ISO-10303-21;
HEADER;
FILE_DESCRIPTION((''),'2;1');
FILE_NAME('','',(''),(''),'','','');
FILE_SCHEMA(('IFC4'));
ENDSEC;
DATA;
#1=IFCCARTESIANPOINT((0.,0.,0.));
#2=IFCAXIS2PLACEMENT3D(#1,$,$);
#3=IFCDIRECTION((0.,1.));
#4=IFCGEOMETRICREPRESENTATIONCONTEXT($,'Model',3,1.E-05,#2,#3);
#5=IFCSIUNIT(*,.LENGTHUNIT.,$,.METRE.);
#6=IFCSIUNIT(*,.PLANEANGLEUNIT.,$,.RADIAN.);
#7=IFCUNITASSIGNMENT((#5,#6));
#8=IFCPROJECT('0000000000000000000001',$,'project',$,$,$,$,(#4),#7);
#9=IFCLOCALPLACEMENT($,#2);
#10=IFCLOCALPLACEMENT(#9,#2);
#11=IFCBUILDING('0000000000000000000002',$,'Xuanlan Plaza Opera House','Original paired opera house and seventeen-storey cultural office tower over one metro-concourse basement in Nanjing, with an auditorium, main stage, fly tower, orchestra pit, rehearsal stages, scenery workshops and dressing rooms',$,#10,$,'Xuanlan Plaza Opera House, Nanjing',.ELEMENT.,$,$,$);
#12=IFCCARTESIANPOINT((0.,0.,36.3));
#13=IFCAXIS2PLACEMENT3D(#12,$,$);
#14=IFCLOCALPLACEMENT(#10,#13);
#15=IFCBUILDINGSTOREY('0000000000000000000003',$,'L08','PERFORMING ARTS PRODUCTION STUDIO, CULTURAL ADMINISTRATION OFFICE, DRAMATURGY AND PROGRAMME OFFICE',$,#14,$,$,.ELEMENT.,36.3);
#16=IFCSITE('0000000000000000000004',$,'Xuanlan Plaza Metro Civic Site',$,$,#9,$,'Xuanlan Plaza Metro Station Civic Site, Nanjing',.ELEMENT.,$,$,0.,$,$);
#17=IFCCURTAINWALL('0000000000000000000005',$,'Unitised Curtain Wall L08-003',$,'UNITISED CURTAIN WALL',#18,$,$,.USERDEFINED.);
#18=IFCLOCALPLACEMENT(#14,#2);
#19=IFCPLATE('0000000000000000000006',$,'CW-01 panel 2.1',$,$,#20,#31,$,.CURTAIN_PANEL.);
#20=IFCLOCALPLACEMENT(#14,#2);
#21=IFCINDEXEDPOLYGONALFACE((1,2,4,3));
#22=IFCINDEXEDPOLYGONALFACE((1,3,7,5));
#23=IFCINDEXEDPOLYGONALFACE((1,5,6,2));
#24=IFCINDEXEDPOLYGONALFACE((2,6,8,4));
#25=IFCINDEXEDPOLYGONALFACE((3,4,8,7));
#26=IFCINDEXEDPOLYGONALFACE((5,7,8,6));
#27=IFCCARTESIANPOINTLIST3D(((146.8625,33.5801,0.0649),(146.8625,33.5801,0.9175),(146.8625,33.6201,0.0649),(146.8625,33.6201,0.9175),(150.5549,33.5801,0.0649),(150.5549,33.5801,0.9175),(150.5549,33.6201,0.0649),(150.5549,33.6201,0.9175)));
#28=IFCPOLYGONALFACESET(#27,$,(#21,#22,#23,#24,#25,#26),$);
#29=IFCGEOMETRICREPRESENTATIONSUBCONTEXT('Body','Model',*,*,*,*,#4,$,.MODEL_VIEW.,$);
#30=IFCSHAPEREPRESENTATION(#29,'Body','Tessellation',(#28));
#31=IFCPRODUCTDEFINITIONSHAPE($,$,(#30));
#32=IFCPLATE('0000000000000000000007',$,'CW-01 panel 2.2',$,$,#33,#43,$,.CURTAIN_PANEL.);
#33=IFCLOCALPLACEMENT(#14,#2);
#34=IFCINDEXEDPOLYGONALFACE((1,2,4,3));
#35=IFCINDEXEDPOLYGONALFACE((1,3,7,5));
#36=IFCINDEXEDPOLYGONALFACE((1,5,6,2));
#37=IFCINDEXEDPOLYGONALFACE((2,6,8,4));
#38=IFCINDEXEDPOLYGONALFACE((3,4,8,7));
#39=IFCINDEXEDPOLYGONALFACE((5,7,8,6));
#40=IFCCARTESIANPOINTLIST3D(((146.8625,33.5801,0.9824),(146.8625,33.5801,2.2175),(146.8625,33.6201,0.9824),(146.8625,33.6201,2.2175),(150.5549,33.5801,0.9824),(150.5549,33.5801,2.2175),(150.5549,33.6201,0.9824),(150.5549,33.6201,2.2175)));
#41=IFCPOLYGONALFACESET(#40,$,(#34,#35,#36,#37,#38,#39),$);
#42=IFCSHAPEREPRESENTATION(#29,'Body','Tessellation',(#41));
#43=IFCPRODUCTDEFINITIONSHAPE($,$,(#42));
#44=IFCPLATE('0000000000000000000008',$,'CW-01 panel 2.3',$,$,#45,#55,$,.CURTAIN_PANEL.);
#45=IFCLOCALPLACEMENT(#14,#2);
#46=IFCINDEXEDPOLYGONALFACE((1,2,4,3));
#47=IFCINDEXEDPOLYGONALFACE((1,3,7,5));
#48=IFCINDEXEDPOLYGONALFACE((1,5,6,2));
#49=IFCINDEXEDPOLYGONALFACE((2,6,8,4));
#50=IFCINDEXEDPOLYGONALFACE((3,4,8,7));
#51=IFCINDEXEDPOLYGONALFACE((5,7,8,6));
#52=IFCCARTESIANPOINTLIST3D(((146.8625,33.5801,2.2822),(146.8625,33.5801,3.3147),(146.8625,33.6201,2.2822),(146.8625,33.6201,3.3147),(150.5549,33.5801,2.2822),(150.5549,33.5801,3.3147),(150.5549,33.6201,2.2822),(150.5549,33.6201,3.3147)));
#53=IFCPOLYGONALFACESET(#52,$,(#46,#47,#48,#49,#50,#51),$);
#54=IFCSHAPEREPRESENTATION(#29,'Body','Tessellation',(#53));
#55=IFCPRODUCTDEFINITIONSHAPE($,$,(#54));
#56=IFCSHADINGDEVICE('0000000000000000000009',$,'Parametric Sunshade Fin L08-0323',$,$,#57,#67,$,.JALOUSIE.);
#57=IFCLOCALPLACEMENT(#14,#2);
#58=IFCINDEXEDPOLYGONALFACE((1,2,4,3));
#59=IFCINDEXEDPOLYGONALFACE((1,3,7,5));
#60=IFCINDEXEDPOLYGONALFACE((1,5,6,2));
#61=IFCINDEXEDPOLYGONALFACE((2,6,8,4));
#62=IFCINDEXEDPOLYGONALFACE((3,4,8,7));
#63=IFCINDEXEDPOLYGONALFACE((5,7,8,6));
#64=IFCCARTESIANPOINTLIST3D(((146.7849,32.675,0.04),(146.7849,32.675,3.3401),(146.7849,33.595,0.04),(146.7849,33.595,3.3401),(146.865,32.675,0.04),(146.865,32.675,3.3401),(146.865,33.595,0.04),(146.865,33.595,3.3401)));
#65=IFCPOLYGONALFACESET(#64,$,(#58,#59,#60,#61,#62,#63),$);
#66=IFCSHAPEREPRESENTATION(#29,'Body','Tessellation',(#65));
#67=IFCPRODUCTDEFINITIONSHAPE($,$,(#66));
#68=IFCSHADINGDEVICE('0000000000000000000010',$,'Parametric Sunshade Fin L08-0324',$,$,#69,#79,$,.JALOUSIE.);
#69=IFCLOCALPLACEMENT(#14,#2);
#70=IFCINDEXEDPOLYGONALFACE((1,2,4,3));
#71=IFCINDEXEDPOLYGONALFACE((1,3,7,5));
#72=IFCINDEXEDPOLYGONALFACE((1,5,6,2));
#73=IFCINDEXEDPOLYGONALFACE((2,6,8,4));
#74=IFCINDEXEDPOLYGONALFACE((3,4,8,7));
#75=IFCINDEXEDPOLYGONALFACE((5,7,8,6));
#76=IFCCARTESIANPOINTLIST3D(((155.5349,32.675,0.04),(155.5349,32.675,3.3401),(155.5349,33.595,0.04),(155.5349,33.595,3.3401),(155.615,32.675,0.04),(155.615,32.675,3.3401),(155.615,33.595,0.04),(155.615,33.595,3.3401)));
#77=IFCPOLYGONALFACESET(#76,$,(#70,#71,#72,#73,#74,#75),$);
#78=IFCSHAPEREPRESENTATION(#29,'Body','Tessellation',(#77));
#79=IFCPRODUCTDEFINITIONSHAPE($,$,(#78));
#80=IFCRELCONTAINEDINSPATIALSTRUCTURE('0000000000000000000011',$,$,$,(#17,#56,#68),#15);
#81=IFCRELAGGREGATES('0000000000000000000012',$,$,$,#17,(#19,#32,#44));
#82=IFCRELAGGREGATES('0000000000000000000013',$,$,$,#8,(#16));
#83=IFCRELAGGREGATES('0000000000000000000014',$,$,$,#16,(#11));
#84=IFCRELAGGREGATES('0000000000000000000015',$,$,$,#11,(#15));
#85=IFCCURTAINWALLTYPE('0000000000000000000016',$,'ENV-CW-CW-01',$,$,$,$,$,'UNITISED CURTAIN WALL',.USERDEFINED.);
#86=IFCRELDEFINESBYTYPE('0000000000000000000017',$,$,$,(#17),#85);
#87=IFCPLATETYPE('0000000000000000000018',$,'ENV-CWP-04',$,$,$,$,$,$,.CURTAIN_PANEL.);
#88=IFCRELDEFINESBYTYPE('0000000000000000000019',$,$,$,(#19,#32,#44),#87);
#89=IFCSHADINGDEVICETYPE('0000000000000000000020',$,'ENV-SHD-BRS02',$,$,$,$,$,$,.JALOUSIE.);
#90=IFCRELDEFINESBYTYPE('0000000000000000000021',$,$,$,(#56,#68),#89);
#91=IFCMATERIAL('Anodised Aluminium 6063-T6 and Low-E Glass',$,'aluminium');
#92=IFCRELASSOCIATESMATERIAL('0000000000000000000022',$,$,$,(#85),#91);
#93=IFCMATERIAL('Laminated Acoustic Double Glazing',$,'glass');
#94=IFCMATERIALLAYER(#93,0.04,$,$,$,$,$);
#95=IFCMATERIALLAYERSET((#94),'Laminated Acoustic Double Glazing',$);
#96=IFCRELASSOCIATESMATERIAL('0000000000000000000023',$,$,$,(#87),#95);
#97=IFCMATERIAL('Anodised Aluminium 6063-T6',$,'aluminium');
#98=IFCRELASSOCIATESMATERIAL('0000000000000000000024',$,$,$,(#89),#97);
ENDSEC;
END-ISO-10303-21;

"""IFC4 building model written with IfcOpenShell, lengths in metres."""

from ifc_helpers import new_model, si_unit, direction, frame, origin, origin_2d, place, context, subcontext, project, spatial, rectangle, extrude, material, layer, layer_set, type_object, element, aggregate, save


model = new_model("IFC4")

# Units and contexts
model_context = context("Model", 3, precision=1e-05, world=origin(), true_north=direction((0.0, 1.0)))
body_context = subcontext(model_context, "Body", "Model", "MODEL_VIEW")
ifc_project = project(units=[si_unit("LENGTHUNIT", "METRE"), si_unit("PLANEANGLEUNIT", "RADIAN")], contexts=[model_context])

# Site, building, storey
site_placement = place(None, origin())
site = spatial("IfcSite", under=ifc_project, at=site_placement, Name="Xuanlan Plaza Metro Civic Site", LongName="Xuanlan Plaza Metro Station Civic Site, Nanjing", CompositionType="ELEMENT", RefElevation=0.0)
building_placement = place(site_placement, origin())
building = spatial("IfcBuilding", under=site, at=building_placement, Name="Xuanlan Plaza Opera House", Description="Original paired opera house and seventeen-storey cultural office tower over one metro-concourse basement in Nanjing, with an auditorium, main stage, fly tower, orchestra pit, rehearsal stages, scenery workshops and dressing rooms", LongName="Xuanlan Plaza Opera House, Nanjing", CompositionType="ELEMENT")
storey_placement = place(building_placement, frame((0.0, 0.0, 36.3)))
storey = spatial("IfcBuildingStorey", under=building, at=storey_placement, Name="L08", Description="PERFORMING ARTS PRODUCTION STUDIO, CULTURAL ADMINISTRATION OFFICE, DRAMATURGY AND PROGRAMME OFFICE", CompositionType="ELEMENT", Elevation=36.3)

# Shared definitions
ifc_material_1 = material(Name="Anodised Aluminium 6063-T6 and Low-E Glass", Category="aluminium")
ifc_material_2 = material(Name="Anodised Aluminium 6063-T6", Category="aluminium")

# Curtain wall
curtain_wall_type_1 = type_object("IfcCurtainWallType", Name="ENV-CW-CW-01", ElementType="UNITISED CURTAIN WALL", PredefinedType="USERDEFINED", material=ifc_material_1)
curtain_wall_1_placement = place(storey_placement, origin())
curtain_wall_1 = element("IfcCurtainWall", 1, at=curtain_wall_1_placement, inside=storey, type_object=curtain_wall_type_1, Name="Unitised Curtain Wall L08-003", ObjectType="UNITISED CURTAIN WALL", PredefinedType="USERDEFINED")

# Plates
ifc_material_3 = material(Name="Laminated Acoustic Double Glazing", Category="glass")
ifc_layer_1 = layer(ifc_material_3, 0.04)
ifc_layer_set_1 = layer_set([ifc_layer_1], Name="Laminated Acoustic Double Glazing")
plate_type_1 = type_object("IfcPlateType", Name="ENV-CWP-04", PredefinedType="CURTAIN_PANEL", material=ifc_layer_set_1)
plate_1_placement = place(storey_placement, frame((148.7087, 33.6001, 0.0649), z_axis=(0.0, 0.0, 1.0), x_axis=(1.0, 0.0, 0.0)))
plate_1 = element("IfcPlate", 2, at=plate_1_placement, type_object=plate_type_1, Name="CW-01 panel 2.1", PredefinedType="CURTAIN_PANEL", context=body_context, shape_type="SweptSolid", body=[
    extrude(rectangle(XDim=3.6924, YDim=0.04, at=origin_2d()), origin(), (0.0, 0.0, 1.0), 0.8525),
])
plate_2_placement = place(storey_placement, frame((148.7087, 33.6001, 0.9824), z_axis=(0.0, 0.0, 1.0), x_axis=(1.0, 0.0, 0.0)))
plate_2 = element("IfcPlate", 3, at=plate_2_placement, type_object=plate_type_1, Name="CW-01 panel 2.2", PredefinedType="CURTAIN_PANEL", context=body_context, shape_type="SweptSolid", body=[
    extrude(rectangle(XDim=3.6924, YDim=0.04, at=origin_2d()), origin(), (0.0, 0.0, 1.0), 1.2351),
])
plate_3_placement = place(storey_placement, frame((148.7087, 33.6001, 2.2822), z_axis=(0.0, 0.0, 1.0), x_axis=(1.0, 0.0, 0.0)))
plate_3 = element("IfcPlate", 4, at=plate_3_placement, type_object=plate_type_1, Name="CW-01 panel 2.3", PredefinedType="CURTAIN_PANEL", context=body_context, shape_type="SweptSolid", body=[
    extrude(rectangle(XDim=3.6924, YDim=0.04, at=origin_2d()), origin(), (0.0, 0.0, 1.0), 1.0325),
])
aggregate(curtain_wall_1, [plate_1, plate_2, plate_3])

# Shading devices
shading_device_type = type_object("IfcShadingDeviceType", Name="ENV-SHD-BRS02", PredefinedType="JALOUSIE", material=ifc_material_2)
for number, where, z_axis, x_axis, name in (
    (5, (146.825, 33.135, 0.04), (0.0, 0.0, 1.0), (0.0, -1.0, 0.0), "Parametric Sunshade Fin L08-0323"),
    (6, (155.575, 33.135, 0.04), (0.0, 0.0, 1.0), (0.0, -1.0, 0.0), "Parametric Sunshade Fin L08-0324"),
):
    element("IfcShadingDevice", number, at=place(storey_placement, frame(where, z_axis=z_axis, x_axis=x_axis)), inside=storey, type_object=shading_device_type, Name=name, PredefinedType="JALOUSIE", context=body_context, shape_type="SweptSolid", body=[
        extrude(rectangle(XDim=0.9199, YDim=0.0801, at=origin_2d()), origin(), (0.0, 0.0, 1.0), 3.3),
    ])

save(model, "model.ifc")
